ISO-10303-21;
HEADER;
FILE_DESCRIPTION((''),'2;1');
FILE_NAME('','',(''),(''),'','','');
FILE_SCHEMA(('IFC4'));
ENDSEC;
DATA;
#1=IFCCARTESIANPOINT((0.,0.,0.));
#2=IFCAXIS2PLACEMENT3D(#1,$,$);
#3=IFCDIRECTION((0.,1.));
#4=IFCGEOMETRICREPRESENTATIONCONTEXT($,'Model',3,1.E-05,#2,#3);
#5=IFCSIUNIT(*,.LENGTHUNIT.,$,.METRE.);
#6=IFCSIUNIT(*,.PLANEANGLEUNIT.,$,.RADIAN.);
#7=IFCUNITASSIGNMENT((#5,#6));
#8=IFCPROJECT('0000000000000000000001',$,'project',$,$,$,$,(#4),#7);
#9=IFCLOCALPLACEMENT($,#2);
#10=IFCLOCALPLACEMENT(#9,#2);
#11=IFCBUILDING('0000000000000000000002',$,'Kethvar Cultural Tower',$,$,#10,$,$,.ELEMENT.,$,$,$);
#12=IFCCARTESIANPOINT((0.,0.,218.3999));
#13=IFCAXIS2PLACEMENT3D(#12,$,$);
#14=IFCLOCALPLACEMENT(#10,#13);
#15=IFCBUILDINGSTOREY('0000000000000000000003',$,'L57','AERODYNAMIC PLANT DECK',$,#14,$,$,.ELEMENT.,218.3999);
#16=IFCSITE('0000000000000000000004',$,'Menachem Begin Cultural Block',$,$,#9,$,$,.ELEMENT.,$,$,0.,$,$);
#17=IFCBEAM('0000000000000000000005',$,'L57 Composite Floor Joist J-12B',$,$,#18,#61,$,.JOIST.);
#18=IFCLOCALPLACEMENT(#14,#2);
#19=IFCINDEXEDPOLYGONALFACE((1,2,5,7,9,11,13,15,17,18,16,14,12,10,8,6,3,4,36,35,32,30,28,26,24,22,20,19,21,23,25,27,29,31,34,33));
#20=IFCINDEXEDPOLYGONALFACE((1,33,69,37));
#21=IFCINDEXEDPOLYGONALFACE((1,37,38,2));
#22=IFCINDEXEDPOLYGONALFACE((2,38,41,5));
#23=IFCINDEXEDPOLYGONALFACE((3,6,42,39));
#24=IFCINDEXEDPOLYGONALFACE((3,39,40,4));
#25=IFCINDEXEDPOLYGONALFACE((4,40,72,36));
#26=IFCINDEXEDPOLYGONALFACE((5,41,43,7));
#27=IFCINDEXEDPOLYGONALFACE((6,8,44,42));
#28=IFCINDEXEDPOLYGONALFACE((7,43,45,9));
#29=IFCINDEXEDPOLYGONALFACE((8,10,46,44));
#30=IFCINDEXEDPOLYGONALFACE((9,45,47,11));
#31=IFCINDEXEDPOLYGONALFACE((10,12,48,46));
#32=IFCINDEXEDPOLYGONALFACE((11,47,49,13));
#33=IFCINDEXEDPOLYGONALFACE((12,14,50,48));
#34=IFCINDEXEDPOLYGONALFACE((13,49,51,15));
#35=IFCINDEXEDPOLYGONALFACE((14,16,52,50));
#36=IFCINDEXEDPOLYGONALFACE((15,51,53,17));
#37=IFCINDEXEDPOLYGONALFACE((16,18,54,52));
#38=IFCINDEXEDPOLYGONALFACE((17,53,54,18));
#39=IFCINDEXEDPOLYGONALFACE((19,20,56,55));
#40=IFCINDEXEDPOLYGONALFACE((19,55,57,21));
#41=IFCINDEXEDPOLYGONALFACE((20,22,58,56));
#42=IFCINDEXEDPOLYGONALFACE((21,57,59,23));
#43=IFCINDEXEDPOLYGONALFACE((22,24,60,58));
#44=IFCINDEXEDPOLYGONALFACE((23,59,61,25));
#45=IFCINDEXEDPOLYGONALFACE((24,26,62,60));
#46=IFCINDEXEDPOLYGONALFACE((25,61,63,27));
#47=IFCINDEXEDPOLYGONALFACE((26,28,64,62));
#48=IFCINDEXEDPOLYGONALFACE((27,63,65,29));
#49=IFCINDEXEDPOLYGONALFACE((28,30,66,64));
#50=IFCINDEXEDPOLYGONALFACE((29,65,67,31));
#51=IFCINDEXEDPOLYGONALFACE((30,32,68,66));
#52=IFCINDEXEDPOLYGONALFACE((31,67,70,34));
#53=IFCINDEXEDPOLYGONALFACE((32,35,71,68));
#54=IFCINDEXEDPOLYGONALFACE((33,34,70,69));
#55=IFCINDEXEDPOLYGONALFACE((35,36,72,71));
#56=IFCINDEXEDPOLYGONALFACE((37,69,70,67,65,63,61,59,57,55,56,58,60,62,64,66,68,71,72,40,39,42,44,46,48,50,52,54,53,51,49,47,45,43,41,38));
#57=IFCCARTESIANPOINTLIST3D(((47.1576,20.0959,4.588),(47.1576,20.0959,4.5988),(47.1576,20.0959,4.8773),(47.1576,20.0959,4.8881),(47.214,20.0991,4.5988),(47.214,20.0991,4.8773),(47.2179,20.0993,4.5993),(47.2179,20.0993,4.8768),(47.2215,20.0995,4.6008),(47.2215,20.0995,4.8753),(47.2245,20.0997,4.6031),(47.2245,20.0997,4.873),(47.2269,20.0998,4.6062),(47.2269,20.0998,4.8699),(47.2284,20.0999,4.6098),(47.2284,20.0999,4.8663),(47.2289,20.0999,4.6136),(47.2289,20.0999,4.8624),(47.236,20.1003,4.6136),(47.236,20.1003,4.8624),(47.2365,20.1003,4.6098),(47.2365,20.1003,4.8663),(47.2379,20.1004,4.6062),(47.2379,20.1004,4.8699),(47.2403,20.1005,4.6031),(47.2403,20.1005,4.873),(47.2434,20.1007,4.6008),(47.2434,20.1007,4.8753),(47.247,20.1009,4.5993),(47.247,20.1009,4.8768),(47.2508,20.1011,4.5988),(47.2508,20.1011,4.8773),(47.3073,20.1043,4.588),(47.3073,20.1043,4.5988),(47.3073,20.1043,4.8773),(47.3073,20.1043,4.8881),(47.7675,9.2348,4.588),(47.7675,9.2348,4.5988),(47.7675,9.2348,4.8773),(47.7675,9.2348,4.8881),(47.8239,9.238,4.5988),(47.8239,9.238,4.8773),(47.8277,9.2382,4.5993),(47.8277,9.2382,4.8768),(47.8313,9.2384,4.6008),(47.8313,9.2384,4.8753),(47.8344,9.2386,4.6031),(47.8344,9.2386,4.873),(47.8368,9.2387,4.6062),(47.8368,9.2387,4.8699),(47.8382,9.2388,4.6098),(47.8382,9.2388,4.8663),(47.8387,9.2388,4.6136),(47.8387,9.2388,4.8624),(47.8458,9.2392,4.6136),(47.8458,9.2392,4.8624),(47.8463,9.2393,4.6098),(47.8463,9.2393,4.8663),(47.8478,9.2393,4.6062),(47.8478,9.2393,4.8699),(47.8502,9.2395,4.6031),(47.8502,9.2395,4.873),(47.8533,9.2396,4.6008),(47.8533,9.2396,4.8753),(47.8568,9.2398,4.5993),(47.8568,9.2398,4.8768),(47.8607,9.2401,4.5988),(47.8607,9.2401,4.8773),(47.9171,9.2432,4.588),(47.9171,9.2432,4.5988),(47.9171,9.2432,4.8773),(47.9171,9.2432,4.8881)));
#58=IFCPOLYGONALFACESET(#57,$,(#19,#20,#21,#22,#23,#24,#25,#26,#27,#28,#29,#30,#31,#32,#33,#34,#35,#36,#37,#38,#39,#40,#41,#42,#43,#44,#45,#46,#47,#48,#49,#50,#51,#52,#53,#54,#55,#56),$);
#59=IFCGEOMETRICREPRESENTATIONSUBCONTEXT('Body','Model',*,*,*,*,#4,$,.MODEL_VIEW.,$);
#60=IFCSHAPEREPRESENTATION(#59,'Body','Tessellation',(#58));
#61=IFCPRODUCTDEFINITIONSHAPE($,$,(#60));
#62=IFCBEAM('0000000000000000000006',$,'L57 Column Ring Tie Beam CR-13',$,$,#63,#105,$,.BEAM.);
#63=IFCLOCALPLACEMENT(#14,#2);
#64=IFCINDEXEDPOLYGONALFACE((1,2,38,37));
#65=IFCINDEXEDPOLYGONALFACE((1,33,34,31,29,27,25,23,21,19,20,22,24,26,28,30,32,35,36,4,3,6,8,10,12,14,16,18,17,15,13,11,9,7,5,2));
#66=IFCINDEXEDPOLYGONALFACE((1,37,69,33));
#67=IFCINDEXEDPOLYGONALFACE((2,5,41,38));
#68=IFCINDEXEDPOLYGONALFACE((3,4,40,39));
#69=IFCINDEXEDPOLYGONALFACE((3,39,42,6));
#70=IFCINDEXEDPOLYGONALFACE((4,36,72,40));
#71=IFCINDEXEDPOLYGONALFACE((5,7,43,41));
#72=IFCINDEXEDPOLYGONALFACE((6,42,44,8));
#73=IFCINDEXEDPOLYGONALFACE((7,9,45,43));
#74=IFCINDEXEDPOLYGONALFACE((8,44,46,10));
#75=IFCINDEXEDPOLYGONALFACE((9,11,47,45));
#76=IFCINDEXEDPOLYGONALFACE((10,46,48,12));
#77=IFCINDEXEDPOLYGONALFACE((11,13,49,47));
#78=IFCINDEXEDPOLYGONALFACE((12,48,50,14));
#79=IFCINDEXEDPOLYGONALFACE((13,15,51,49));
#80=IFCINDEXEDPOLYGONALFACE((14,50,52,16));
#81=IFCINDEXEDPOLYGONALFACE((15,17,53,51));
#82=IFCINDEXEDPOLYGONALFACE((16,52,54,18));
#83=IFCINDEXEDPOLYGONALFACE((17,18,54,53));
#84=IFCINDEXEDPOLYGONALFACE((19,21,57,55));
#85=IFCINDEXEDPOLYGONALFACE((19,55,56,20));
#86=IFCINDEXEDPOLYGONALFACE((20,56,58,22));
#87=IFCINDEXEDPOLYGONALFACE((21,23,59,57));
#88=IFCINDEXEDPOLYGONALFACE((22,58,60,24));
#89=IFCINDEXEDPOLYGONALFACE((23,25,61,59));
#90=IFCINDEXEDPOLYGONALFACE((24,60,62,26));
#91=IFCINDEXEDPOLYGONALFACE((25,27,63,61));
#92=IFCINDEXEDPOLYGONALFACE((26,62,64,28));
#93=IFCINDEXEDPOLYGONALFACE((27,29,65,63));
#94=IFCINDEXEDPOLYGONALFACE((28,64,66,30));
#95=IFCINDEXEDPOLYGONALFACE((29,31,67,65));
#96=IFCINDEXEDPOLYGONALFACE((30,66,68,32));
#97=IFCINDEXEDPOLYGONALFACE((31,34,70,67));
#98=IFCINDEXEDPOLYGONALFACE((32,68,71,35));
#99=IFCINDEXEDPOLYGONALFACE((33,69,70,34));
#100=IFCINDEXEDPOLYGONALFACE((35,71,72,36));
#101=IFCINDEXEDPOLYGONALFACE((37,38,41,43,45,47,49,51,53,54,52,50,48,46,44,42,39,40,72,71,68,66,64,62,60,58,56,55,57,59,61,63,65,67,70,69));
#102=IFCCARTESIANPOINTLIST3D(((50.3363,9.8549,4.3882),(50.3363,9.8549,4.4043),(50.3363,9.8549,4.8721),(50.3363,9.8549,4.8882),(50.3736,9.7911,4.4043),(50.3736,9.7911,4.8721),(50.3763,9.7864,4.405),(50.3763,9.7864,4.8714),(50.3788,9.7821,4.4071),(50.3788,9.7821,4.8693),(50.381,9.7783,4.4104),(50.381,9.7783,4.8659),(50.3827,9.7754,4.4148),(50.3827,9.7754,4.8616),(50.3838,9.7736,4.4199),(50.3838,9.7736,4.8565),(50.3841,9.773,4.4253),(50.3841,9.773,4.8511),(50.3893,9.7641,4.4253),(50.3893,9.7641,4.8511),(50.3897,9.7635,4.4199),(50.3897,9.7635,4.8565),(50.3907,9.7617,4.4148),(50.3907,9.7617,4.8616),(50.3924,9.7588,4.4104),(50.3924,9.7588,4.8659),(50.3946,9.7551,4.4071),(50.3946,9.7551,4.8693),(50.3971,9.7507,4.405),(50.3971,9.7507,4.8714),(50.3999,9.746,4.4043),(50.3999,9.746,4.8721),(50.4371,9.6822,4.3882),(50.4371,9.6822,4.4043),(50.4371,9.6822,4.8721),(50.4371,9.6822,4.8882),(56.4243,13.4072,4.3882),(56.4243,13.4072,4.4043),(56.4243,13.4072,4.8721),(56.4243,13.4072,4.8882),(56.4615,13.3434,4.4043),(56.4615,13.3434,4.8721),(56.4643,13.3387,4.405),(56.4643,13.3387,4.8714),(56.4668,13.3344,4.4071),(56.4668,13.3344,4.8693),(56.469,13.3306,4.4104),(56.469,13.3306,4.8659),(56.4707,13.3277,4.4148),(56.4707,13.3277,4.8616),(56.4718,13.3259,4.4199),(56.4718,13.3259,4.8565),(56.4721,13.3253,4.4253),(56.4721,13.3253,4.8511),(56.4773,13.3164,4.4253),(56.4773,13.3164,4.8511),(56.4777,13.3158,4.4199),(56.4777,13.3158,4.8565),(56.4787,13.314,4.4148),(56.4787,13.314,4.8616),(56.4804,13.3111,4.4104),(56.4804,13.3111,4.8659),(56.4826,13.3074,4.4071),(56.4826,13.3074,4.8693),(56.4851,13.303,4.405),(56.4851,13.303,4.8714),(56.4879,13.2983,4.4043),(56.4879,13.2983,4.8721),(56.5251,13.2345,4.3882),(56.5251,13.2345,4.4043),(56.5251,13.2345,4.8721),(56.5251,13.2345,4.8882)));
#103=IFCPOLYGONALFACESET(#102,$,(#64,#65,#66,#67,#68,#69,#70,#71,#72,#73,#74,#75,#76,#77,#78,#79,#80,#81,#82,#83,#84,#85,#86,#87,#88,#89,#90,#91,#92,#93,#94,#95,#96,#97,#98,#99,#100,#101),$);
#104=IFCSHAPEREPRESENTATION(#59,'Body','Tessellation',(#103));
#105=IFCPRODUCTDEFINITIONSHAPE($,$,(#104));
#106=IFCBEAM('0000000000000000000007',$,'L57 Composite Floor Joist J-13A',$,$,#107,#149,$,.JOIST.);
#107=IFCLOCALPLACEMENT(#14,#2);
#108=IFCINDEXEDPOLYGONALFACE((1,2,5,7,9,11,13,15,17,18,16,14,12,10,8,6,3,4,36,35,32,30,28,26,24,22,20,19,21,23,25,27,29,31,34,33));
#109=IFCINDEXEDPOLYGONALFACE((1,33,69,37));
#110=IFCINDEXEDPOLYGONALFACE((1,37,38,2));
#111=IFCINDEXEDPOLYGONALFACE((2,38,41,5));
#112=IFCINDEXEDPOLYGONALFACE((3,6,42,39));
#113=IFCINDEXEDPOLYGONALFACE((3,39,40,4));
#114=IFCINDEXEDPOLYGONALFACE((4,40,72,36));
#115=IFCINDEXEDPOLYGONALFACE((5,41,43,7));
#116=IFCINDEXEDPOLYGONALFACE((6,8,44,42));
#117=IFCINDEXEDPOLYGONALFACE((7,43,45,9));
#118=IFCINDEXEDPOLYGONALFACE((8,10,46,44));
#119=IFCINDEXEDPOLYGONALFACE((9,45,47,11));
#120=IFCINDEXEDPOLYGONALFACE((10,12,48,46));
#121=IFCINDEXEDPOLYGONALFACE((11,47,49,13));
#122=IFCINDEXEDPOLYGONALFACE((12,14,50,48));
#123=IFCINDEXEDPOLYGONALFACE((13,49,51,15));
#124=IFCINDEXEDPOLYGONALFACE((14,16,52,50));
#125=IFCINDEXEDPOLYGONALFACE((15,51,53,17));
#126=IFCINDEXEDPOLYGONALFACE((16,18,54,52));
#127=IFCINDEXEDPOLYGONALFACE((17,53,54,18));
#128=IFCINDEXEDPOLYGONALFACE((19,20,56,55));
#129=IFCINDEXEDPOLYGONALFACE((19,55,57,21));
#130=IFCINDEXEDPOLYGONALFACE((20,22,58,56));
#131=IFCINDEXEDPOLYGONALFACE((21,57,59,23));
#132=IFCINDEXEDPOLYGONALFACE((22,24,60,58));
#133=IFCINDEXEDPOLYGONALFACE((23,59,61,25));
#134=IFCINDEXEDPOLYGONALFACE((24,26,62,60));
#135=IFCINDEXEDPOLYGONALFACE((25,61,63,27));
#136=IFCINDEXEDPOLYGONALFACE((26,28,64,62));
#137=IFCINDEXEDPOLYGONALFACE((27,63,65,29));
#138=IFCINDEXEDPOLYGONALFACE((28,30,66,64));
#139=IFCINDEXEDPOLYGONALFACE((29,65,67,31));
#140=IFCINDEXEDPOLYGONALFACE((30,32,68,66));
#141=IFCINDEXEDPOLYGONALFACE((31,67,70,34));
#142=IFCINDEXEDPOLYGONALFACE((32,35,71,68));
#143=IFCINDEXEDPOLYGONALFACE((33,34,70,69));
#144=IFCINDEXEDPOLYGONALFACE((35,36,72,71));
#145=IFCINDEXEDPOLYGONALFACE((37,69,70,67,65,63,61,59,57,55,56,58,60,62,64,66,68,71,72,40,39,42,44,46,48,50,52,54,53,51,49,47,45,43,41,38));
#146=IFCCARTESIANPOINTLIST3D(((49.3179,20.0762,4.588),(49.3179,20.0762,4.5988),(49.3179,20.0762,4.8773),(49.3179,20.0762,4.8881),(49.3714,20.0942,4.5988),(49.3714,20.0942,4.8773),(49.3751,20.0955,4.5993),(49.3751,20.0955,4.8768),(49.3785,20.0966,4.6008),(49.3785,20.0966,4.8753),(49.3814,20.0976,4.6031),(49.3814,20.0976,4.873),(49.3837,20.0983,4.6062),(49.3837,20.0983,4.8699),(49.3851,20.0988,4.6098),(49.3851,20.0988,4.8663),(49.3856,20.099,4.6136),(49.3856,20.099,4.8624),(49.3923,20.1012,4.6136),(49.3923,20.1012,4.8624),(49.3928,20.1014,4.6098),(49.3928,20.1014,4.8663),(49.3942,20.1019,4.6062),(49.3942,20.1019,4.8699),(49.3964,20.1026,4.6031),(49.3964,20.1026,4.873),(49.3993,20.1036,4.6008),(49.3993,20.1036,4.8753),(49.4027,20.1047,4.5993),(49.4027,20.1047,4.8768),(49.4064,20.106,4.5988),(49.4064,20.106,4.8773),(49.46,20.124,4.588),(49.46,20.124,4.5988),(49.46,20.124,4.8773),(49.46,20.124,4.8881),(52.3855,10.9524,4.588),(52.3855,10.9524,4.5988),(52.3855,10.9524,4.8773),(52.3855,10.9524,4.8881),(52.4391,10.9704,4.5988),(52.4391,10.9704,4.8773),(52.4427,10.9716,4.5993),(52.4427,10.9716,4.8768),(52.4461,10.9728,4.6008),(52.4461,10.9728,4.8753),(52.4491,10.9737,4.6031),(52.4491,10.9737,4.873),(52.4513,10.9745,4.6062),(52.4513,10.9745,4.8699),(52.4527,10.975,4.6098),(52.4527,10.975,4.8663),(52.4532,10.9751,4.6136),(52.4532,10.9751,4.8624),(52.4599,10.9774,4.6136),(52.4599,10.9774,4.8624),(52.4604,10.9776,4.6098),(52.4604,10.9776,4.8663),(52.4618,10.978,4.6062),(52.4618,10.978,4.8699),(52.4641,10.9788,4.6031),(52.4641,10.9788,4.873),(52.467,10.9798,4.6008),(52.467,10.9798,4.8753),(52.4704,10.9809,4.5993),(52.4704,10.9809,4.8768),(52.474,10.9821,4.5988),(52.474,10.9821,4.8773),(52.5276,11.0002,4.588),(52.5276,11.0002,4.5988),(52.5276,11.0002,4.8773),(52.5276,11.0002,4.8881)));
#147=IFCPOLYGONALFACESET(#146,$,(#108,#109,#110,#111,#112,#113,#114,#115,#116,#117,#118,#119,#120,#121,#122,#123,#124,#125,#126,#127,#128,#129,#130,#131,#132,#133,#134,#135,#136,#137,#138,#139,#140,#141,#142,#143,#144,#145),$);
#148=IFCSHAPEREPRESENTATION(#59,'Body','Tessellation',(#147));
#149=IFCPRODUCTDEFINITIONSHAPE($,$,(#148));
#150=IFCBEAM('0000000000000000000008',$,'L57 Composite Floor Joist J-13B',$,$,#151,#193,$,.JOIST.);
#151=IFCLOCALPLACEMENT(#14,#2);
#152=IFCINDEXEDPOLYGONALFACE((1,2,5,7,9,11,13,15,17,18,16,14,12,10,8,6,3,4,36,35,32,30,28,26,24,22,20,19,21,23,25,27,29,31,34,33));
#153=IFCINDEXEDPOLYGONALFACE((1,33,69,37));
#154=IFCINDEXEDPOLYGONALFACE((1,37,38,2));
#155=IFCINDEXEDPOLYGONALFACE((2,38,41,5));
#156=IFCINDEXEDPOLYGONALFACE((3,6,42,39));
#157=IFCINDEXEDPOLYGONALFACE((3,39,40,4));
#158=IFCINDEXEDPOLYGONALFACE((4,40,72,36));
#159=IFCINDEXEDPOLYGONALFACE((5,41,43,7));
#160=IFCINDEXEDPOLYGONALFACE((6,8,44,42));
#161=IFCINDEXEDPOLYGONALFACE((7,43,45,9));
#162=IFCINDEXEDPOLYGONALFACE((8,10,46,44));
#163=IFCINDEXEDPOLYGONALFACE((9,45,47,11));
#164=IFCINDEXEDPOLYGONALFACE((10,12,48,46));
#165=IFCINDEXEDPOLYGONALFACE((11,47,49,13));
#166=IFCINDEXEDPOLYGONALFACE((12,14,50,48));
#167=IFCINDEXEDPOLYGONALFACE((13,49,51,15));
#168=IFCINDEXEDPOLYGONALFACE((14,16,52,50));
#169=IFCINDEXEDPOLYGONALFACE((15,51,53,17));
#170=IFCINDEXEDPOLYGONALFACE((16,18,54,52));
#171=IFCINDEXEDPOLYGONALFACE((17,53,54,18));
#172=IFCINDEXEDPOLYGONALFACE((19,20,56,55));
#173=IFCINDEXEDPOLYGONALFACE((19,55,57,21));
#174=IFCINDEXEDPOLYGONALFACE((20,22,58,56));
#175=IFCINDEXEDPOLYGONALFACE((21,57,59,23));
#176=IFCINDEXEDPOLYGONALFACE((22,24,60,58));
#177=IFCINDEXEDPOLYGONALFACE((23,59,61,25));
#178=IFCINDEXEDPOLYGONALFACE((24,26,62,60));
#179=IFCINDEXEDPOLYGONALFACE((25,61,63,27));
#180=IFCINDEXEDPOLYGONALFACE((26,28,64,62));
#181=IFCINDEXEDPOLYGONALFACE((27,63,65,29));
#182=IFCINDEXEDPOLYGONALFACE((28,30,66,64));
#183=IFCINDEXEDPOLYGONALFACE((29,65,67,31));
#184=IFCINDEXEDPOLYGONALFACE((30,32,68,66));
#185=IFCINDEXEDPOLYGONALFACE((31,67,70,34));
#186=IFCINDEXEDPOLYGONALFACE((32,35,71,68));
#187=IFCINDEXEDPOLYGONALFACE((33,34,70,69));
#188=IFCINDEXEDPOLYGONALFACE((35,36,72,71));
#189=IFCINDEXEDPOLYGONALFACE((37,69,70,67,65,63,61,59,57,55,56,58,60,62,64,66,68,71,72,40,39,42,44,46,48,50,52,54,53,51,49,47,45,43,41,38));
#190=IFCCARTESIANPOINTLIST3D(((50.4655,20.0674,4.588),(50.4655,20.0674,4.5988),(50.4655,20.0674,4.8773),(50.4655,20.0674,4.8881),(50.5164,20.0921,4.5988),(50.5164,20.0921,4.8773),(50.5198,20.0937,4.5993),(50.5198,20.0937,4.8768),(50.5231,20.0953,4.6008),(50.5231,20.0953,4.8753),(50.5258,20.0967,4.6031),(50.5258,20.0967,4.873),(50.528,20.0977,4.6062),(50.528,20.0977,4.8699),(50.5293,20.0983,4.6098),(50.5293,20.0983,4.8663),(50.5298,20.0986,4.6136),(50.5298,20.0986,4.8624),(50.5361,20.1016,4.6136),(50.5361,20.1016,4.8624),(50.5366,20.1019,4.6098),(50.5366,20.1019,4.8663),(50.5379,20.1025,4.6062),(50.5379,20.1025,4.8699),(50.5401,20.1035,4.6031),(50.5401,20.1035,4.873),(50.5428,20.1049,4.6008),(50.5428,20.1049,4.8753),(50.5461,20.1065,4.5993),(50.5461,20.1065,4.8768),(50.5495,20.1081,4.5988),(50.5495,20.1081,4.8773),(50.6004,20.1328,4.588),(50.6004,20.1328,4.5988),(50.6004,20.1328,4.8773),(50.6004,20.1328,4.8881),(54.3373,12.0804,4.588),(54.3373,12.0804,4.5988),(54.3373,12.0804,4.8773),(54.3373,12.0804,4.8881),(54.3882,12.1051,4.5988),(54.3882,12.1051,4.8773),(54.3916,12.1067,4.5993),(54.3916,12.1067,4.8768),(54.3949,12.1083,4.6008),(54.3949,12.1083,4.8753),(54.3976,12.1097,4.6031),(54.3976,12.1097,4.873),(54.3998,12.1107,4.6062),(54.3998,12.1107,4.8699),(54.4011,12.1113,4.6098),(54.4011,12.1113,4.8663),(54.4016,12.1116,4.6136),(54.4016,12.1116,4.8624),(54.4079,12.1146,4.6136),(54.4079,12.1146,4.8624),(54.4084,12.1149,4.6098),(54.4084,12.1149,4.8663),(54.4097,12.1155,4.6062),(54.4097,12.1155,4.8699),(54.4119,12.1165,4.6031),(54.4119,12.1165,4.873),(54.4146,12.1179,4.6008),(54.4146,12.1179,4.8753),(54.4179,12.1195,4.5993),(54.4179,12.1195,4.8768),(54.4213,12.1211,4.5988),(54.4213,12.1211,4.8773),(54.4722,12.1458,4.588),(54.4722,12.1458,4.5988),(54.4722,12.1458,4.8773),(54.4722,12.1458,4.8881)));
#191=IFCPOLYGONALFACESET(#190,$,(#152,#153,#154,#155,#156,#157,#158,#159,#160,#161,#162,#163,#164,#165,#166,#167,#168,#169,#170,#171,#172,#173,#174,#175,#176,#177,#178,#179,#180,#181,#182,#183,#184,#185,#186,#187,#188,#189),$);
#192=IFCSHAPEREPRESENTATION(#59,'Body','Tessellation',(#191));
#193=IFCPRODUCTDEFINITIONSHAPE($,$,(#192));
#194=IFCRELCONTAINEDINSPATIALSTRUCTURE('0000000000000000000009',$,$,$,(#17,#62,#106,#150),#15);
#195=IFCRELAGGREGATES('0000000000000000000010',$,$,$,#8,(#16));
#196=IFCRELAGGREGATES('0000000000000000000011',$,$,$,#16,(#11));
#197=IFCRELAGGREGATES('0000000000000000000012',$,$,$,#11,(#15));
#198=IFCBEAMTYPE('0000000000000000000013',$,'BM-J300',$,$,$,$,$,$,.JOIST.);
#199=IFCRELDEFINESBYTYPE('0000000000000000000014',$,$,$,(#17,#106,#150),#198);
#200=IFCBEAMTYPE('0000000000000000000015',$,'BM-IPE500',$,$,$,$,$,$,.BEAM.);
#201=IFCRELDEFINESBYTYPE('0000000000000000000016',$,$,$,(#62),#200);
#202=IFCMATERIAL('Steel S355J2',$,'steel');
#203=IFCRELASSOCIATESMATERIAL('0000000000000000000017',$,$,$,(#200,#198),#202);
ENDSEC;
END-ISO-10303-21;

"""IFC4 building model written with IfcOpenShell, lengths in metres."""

from ifc_helpers import new_model, si_unit, direction, frame, origin, origin_2d, place, context, subcontext, project, spatial, i_section, extrude, source, transform, mapped, material, material_profile, profile_set, type_object, element, save


model = new_model("IFC4")

# Units and contexts
model_context = context("Model", 3, precision=1e-05, world=origin(), true_north=direction((0.0, 1.0)))
body_context = subcontext(model_context, "Body", "Model", "MODEL_VIEW")
ifc_project = project(units=[si_unit("LENGTHUNIT", "METRE"), si_unit("PLANEANGLEUNIT", "RADIAN")], contexts=[model_context])

# Site, building, storey
site_placement = place(None, origin())
site = spatial("IfcSite", under=ifc_project, at=site_placement, Name="Menachem Begin Cultural Block", CompositionType="ELEMENT", RefElevation=0.0)
building_placement = place(site_placement, origin())
building = spatial("IfcBuilding", under=site, at=building_placement, Name="Kethvar Cultural Tower", CompositionType="ELEMENT")
storey_placement = place(building_placement, frame((0.0, 0.0, 218.3999)))
storey = spatial("IfcBuildingStorey", under=building, at=storey_placement, Name="L57", Description="AERODYNAMIC PLANT DECK", CompositionType="ELEMENT", Elevation=218.3999)

# Beams
ifc_material_1 = material(Name="Steel S355J2", Category="steel")
ifc_material_profile_1 = material_profile(ifc_material_1, i_section(OverallWidth=0.2, OverallDepth=0.5, WebThickness=0.0103, FlangeThickness=0.0161, FilletRadius=0.021, at=origin_2d()), Name="Steel S355J2 — IPE500")
ifc_profile_set_1 = profile_set([ifc_material_profile_1], Name="Steel S355J2 — IPE500")
beam_type_1 = type_object("IfcBeamType", Name="BM-IPE500", PredefinedType="BEAM", material=ifc_profile_set_1)
ifc_material_profile_2 = material_profile(ifc_material_1, i_section(OverallWidth=0.1499, OverallDepth=0.3, WebThickness=0.0071, FlangeThickness=0.0107, FilletRadius=0.0149, at=origin_2d()), Name="Steel S355J2 — IPE300")
ifc_profile_set_2 = profile_set([ifc_material_profile_2], Name="Steel S355J2 — IPE300")
beam_type_2 = type_object("IfcBeamType", Name="BM-J300", PredefinedType="JOIST", material=ifc_profile_set_2)
shared_shape_1 = source(origin(), body_context, "Body", "SweptSolid", [
    extrude(i_section(OverallWidth=0.1499, OverallDepth=0.3, WebThickness=0.0071, FlangeThickness=0.0107, FilletRadius=0.0149, at=origin_2d()), origin(), (0.0, 0.0, 1.0), 10.8782),
])
beam_1_placement = place(storey_placement, frame((47.2324, 20.1001, 4.738), z_axis=(0.056063, -0.998427, 0.0), x_axis=(0.998427, 0.056063, 0.0)))
element("IfcBeam", 1, at=beam_1_placement, inside=storey, type_object=beam_type_2, Name="L57 Composite Floor Joist J-12B", PredefinedType="JOIST", context=body_context, shape_type="MappedRepresentation", body=[
    mapped(shared_shape_1, transform((0.0, 0.0, 0.0), scale=1.0)),
])
shared_shape_2 = source(origin(), body_context, "Body", "SweptSolid", [
    extrude(i_section(OverallWidth=0.2, OverallDepth=0.5, WebThickness=0.0103, FlangeThickness=0.0161, FilletRadius=0.021, at=origin_2d()), origin(), (0.0, 0.0, 1.0), 7.0486),
])
beam_2_placement = place(storey_placement, frame((50.3867, 9.7686, 4.6382), z_axis=(0.863719, 0.503974, 0.0), x_axis=(-0.503974, 0.863719, 0.0)))
element("IfcBeam", 2, at=beam_2_placement, inside=storey, type_object=beam_type_1, Name="L57 Column Ring Tie Beam CR-13", PredefinedType="BEAM", context=body_context, shape_type="MappedRepresentation", body=[
    mapped(shared_shape_2, transform((0.0, 0.0, 0.0), scale=1.0)),
])
shared_shape_3 = source(origin(), body_context, "Body", "SweptSolid", [
    extrude(i_section(OverallWidth=0.1499, OverallDepth=0.3, WebThickness=0.0071, FlangeThickness=0.0107, FilletRadius=0.0149, at=origin_2d()), origin(), (0.0, 0.0, 1.0), 9.6257),
])
beam_3_placement = place(storey_placement, frame((49.3889, 20.1001, 4.738), z_axis=(0.318692, -0.947858, 0.0), x_axis=(0.947858, 0.318692, 0.0)))
element("IfcBeam", 3, at=beam_3_placement, inside=storey, type_object=beam_type_2, Name="L57 Composite Floor Joist J-13A", PredefinedType="JOIST", context=body_context, shape_type="MappedRepresentation", body=[
    mapped(shared_shape_3, transform((0.0, 0.0, 0.0), scale=1.0)),
])
shared_shape_4 = source(origin(), body_context, "Body", "SweptSolid", [
    extrude(i_section(OverallWidth=0.1499, OverallDepth=0.3, WebThickness=0.0071, FlangeThickness=0.0107, FilletRadius=0.0149, at=origin_2d()), origin(), (0.0, 0.0, 1.0), 8.876),
])
beam_4_placement = place(storey_placement, frame((50.533, 20.1001, 4.738), z_axis=(0.436211, -0.899845, 0.0), x_axis=(0.899845, 0.436211, 0.0)))
element("IfcBeam", 4, at=beam_4_placement, inside=storey, type_object=beam_type_2, Name="L57 Composite Floor Joist J-13B", PredefinedType="JOIST", context=body_context, shape_type="MappedRepresentation", body=[
    mapped(shared_shape_4, transform((0.0, 0.0, 0.0), scale=1.0)),
])

save(model, "model.ifc")
